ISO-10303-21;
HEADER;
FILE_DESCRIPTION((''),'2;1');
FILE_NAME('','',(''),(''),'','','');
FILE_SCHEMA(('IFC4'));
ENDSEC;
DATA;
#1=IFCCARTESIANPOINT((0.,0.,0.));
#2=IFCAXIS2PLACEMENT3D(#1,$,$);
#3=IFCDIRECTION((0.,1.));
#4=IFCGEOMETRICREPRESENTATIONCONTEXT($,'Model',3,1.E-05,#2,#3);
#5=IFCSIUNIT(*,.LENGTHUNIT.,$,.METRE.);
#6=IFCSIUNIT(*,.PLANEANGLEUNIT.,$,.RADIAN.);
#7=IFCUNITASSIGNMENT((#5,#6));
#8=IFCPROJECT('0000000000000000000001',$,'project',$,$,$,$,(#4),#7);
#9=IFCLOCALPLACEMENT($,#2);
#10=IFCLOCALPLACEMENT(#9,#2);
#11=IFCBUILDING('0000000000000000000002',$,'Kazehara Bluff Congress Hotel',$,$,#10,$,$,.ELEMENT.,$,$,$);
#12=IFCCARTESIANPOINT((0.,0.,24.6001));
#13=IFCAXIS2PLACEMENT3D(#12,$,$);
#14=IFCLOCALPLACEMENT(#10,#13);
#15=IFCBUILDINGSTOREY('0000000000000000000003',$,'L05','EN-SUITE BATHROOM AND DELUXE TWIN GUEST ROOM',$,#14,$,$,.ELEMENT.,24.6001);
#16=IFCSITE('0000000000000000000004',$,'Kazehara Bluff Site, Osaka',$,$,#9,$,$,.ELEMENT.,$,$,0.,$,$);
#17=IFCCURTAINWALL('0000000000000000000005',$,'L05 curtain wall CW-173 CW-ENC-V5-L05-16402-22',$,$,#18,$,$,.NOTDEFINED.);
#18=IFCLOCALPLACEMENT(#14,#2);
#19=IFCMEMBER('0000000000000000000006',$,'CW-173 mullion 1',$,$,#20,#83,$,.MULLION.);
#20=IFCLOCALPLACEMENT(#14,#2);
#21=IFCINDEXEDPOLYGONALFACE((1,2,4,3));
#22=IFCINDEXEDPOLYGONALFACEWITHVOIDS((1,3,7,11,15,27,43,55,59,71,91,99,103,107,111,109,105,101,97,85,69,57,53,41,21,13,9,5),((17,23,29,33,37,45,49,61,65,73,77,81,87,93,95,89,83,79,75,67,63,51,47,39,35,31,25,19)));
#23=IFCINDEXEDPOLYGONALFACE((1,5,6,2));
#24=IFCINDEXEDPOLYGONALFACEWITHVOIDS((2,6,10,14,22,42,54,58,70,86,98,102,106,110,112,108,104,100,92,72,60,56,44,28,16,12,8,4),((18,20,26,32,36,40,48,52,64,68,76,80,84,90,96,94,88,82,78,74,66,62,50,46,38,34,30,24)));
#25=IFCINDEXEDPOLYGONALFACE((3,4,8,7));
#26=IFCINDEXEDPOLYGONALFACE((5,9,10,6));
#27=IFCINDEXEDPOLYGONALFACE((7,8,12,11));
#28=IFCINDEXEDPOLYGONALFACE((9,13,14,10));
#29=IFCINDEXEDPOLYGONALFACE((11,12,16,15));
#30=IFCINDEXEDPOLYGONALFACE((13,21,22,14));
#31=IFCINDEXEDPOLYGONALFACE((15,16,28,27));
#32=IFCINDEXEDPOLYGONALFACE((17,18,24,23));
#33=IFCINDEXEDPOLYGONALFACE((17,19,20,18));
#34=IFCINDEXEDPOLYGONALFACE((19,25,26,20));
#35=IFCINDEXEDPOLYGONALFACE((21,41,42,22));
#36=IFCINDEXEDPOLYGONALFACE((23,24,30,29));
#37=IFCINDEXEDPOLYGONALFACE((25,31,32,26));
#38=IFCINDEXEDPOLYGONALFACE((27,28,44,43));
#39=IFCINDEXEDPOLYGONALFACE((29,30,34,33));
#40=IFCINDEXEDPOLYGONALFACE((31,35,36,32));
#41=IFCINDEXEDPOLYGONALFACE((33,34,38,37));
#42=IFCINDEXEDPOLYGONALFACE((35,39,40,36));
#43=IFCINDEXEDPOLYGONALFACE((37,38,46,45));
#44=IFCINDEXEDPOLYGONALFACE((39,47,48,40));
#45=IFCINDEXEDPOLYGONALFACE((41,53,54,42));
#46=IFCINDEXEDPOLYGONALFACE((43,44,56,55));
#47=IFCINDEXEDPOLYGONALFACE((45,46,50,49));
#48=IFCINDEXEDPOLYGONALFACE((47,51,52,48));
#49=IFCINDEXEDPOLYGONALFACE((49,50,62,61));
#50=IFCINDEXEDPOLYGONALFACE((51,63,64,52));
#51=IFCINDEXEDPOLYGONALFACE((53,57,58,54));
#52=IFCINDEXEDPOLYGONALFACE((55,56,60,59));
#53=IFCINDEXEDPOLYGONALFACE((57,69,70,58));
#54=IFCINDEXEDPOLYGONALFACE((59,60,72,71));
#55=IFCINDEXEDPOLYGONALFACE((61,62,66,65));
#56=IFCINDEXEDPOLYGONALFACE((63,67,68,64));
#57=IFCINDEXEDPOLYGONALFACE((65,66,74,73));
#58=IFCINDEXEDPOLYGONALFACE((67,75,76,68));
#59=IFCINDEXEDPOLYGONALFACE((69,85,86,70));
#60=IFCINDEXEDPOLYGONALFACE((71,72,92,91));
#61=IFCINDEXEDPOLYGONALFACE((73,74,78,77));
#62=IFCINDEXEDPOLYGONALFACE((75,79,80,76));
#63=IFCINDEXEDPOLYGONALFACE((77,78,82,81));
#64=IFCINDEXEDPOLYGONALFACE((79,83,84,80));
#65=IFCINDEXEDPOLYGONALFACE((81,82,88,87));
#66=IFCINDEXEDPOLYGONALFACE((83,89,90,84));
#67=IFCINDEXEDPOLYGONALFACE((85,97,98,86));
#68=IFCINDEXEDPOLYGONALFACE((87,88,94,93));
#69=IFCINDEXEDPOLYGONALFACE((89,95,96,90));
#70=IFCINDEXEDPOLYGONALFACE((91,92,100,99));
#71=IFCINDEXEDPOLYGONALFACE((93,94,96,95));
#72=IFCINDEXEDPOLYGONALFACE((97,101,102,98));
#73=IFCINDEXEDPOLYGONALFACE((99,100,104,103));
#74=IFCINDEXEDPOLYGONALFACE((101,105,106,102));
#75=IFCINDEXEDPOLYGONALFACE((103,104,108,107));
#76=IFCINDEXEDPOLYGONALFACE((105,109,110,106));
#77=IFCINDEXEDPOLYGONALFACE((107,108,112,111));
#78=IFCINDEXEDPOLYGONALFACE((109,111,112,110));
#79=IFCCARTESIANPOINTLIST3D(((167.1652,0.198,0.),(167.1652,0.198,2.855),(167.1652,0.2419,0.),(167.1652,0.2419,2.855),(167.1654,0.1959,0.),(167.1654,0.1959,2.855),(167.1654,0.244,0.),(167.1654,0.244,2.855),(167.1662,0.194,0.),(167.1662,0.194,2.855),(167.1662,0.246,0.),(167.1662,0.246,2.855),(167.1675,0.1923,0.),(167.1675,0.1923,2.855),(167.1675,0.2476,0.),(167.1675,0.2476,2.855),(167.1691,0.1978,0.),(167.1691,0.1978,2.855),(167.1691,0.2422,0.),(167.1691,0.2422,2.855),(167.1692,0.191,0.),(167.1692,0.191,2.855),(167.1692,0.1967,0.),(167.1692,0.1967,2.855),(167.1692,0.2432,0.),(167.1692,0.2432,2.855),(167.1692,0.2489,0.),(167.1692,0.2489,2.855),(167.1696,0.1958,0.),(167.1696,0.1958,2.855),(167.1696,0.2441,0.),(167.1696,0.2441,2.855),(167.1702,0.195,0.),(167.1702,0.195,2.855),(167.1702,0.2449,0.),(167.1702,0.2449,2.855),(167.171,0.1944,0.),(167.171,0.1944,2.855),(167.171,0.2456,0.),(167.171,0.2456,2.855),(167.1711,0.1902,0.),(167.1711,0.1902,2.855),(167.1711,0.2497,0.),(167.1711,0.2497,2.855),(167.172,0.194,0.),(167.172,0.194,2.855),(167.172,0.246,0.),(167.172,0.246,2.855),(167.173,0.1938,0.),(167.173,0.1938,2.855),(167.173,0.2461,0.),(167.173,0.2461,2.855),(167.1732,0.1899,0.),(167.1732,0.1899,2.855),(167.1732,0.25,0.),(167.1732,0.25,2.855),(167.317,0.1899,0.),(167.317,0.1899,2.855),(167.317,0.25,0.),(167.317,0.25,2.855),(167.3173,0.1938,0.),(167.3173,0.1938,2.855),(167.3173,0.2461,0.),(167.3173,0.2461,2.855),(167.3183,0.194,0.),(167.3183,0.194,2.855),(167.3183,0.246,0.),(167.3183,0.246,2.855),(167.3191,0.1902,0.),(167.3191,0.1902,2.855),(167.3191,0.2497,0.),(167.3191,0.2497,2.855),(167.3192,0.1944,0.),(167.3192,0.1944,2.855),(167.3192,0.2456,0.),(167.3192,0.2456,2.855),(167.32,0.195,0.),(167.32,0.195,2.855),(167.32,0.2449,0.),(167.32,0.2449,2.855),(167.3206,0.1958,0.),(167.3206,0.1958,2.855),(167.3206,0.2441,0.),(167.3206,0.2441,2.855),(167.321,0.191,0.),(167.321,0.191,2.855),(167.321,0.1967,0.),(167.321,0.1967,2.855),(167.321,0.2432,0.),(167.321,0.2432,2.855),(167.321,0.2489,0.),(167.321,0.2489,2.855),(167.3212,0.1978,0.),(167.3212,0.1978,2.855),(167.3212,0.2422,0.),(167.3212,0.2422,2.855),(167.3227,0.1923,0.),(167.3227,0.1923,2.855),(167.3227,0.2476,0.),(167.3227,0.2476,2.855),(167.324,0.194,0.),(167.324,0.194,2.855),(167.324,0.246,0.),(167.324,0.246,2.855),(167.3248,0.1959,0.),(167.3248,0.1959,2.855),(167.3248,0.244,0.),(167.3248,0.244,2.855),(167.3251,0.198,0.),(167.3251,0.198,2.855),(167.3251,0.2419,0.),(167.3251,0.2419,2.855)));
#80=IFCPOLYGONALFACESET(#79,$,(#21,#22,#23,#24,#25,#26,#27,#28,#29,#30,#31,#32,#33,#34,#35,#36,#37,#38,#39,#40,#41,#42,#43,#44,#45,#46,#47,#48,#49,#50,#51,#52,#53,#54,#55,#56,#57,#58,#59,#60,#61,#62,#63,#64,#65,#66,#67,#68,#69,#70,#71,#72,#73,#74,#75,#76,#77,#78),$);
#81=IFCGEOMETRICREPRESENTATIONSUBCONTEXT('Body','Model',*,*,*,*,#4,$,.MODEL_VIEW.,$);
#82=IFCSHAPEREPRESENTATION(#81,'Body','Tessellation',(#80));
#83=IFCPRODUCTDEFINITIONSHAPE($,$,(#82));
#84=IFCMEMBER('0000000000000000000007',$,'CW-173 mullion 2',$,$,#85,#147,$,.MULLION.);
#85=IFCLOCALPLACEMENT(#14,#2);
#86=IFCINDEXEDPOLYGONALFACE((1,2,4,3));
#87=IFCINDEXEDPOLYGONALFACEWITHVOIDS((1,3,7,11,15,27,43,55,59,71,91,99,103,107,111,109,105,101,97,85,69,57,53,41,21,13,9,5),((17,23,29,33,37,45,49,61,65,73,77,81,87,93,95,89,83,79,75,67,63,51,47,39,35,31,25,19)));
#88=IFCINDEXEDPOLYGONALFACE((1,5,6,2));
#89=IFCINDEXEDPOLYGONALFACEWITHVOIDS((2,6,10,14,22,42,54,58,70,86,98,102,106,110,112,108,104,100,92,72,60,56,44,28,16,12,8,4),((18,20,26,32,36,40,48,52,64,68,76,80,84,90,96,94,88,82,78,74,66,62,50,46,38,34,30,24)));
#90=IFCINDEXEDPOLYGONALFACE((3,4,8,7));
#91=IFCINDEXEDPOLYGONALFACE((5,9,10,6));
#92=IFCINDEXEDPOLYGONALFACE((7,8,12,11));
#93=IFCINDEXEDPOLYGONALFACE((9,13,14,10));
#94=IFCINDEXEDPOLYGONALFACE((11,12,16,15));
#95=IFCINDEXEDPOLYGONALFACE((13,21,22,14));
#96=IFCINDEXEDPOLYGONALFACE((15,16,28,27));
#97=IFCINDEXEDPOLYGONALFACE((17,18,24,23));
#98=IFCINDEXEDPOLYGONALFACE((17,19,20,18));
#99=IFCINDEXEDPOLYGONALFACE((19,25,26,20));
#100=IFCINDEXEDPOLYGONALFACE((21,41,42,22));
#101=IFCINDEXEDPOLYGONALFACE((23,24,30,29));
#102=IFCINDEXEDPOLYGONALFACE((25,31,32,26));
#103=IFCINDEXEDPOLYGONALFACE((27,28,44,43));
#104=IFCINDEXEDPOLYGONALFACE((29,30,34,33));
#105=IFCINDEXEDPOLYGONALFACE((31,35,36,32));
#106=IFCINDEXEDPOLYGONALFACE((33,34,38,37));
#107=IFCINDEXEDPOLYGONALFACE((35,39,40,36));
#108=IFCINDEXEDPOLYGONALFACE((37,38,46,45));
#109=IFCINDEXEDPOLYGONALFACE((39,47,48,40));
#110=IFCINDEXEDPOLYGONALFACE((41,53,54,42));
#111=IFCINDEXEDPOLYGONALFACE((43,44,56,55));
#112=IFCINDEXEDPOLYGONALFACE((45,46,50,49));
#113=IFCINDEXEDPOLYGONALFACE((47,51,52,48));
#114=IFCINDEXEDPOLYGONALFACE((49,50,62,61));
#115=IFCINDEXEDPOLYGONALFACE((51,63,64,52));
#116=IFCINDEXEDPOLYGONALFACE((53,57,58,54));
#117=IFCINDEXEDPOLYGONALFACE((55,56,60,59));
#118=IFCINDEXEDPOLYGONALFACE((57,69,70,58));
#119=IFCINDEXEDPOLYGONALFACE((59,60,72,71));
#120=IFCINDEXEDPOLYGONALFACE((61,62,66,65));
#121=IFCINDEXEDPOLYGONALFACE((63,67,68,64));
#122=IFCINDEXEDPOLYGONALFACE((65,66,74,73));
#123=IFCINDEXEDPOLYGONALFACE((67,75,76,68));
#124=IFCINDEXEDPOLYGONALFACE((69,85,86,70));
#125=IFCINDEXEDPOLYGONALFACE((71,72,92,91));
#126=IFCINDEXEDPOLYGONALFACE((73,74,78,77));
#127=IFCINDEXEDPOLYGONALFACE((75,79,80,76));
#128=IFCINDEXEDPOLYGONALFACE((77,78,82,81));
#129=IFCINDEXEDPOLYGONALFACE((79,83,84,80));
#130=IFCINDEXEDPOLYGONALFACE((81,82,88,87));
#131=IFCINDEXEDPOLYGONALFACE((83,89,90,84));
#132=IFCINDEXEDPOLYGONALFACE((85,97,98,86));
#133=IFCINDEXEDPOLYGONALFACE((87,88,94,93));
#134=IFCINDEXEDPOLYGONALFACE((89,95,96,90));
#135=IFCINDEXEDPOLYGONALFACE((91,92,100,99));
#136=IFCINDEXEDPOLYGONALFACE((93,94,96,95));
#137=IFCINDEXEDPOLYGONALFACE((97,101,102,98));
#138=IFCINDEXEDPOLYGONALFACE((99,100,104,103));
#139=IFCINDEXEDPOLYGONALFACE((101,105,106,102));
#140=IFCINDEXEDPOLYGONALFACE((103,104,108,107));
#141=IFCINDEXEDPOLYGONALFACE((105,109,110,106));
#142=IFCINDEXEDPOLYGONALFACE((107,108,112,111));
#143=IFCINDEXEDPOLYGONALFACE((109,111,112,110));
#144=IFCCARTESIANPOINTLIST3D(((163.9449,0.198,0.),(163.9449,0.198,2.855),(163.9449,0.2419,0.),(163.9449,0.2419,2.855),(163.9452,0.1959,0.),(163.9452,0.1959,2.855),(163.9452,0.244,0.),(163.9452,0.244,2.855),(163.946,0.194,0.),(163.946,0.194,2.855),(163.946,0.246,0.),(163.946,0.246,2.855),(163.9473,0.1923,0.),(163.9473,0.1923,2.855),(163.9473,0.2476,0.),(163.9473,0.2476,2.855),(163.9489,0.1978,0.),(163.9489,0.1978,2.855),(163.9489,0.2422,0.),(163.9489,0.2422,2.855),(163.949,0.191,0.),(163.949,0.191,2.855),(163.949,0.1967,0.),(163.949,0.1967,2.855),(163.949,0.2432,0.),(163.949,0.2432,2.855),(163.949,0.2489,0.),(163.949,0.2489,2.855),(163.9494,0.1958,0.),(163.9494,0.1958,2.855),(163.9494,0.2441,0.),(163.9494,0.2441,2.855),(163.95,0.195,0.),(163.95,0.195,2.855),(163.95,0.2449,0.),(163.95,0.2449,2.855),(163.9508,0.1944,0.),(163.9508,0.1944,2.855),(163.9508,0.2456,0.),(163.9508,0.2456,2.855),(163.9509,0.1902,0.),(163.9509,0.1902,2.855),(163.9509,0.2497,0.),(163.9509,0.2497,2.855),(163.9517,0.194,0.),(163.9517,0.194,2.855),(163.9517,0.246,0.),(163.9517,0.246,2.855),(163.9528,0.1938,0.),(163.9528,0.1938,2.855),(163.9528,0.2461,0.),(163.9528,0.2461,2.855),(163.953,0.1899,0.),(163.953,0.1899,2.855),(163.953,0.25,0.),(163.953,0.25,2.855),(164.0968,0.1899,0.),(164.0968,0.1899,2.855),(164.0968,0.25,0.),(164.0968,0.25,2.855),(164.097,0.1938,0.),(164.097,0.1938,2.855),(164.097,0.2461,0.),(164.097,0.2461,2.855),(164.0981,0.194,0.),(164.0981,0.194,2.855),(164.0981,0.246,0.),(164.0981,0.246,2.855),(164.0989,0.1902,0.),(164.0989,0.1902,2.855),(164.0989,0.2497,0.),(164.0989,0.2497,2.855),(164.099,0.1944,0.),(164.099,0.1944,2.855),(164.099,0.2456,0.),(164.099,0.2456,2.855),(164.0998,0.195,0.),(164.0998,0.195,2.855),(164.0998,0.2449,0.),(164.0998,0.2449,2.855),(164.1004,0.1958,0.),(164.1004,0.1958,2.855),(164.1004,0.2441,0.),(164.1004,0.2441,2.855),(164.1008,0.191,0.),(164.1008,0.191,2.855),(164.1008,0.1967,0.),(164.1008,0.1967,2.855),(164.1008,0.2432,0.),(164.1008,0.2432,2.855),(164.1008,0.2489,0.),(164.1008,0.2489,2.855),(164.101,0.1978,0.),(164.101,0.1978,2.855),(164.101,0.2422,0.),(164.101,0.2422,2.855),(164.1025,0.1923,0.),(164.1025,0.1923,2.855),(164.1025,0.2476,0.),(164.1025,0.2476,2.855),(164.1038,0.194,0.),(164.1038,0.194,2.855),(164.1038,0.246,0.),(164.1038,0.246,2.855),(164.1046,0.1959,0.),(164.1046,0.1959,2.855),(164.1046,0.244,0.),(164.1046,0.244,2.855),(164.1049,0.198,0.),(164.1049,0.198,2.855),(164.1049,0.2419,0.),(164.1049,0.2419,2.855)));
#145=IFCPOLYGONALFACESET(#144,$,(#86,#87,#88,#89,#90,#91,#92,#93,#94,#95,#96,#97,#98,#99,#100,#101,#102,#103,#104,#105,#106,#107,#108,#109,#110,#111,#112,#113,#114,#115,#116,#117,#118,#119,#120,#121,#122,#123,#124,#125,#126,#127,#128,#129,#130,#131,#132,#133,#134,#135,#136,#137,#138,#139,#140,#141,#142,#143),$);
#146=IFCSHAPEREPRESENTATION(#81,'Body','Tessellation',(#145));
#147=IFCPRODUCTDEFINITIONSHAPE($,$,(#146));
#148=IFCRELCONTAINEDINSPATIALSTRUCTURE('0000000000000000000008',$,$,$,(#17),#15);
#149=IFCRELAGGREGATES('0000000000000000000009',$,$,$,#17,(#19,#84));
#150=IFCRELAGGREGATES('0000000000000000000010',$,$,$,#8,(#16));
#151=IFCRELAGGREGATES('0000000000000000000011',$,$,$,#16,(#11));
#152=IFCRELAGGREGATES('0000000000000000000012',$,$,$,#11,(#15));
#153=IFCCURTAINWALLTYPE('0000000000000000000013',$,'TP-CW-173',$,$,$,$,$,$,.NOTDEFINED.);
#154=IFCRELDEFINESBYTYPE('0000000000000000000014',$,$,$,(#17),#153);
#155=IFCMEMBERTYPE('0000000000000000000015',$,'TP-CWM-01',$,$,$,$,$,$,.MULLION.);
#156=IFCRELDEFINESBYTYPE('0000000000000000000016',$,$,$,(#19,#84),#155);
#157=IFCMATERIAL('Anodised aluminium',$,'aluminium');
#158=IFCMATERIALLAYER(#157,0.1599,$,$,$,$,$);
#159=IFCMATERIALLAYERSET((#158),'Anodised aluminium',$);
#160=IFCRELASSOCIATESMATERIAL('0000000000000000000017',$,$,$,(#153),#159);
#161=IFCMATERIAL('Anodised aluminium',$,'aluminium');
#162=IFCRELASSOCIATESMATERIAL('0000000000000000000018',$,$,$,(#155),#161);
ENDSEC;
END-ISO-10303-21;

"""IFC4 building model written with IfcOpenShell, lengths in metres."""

from ifc_helpers import new_model, si_unit, direction, frame, origin, origin_2d, place, context, subcontext, project, spatial, hollow_rectangle, extrude, material, layer, layer_set, material_profile, profile_set, type_object, element, aggregate, save


model = new_model("IFC4")

# Units and contexts
model_context = context("Model", 3, precision=1e-05, world=origin(), true_north=direction((0.0, 1.0)))
body_context = subcontext(model_context, "Body", "Model", "MODEL_VIEW")
ifc_project = project(units=[si_unit("LENGTHUNIT", "METRE"), si_unit("PLANEANGLEUNIT", "RADIAN")], contexts=[model_context])

# Site, building, storey
site_placement = place(None, origin())
site = spatial("IfcSite", under=ifc_project, at=site_placement, Name="Kazehara Bluff Site, Osaka", CompositionType="ELEMENT", RefElevation=0.0)
building_placement = place(site_placement, origin())
building = spatial("IfcBuilding", under=site, at=building_placement, Name="Kazehara Bluff Congress Hotel", CompositionType="ELEMENT")
storey_placement = place(building_placement, frame((0.0, 0.0, 24.6001)))
storey = spatial("IfcBuildingStorey", under=building, at=storey_placement, Name="L05", Description="EN-SUITE BATHROOM AND DELUXE TWIN GUEST ROOM", CompositionType="ELEMENT", Elevation=24.6001)

# Curtain wall, members
ifc_material_1 = material(Name="Anodised aluminium", Category="aluminium")
ifc_layer_1 = layer(ifc_material_1, 0.1599)
ifc_layer_set_1 = layer_set([ifc_layer_1], Name="Anodised aluminium")
curtain_wall_type_1 = type_object("IfcCurtainWallType", Name="TP-CW-173", PredefinedType="NOTDEFINED", material=ifc_layer_set_1)
curtain_wall_1_placement = place(storey_placement, origin())
curtain_wall_1 = element("IfcCurtainWall", 1, at=curtain_wall_1_placement, inside=storey, type_object=curtain_wall_type_1, Name="L05 curtain wall CW-173 CW-ENC-V5-L05-16402-22", PredefinedType="NOTDEFINED")
ifc_material_2 = material(Name="Anodised aluminium", Category="aluminium")
ifc_material_profile_1 = material_profile(ifc_material_2, hollow_rectangle(XDim=0.0601, YDim=0.1599, WallThickness=0.0039, InnerFilletRadius=0.0039, OuterFilletRadius=0.0081, at=origin_2d()))
ifc_profile_set_1 = profile_set([ifc_material_profile_1], Name="Anodised aluminium")
member_type_1 = type_object("IfcMemberType", Name="TP-CWM-01", PredefinedType="MULLION", material=ifc_profile_set_1)
member_1_placement = place(storey_placement, frame((167.2451, 0.22, 0.0), z_axis=(0.0, 0.0, 1.0), x_axis=(0.0, -1.0, 0.0)))
member_1 = element("IfcMember", 2, at=member_1_placement, type_object=member_type_1, Name="CW-173 mullion 1", PredefinedType="MULLION", context=body_context, shape_type="SweptSolid", body=[
    extrude(hollow_rectangle(XDim=0.0601, YDim=0.1599, WallThickness=0.0039, InnerFilletRadius=0.0039, OuterFilletRadius=0.0081, at=origin_2d()), origin(), (0.0, 0.0, 1.0), 2.855),
])
member_2_placement = place(storey_placement, frame((164.0249, 0.22, 0.0), z_axis=(0.0, 0.0, 1.0), x_axis=(0.0, -1.0, 0.0)))
member_2 = element("IfcMember", 3, at=member_2_placement, type_object=member_type_1, Name="CW-173 mullion 2", PredefinedType="MULLION", context=body_context, shape_type="SweptSolid", body=[
    extrude(hollow_rectangle(XDim=0.0601, YDim=0.1599, WallThickness=0.0039, InnerFilletRadius=0.0039, OuterFilletRadius=0.0081, at=origin_2d()), origin(), (0.0, 0.0, 1.0), 2.855),
])

aggregate(curtain_wall_1, [member_1, member_2])

save(model, "model.ifc")
